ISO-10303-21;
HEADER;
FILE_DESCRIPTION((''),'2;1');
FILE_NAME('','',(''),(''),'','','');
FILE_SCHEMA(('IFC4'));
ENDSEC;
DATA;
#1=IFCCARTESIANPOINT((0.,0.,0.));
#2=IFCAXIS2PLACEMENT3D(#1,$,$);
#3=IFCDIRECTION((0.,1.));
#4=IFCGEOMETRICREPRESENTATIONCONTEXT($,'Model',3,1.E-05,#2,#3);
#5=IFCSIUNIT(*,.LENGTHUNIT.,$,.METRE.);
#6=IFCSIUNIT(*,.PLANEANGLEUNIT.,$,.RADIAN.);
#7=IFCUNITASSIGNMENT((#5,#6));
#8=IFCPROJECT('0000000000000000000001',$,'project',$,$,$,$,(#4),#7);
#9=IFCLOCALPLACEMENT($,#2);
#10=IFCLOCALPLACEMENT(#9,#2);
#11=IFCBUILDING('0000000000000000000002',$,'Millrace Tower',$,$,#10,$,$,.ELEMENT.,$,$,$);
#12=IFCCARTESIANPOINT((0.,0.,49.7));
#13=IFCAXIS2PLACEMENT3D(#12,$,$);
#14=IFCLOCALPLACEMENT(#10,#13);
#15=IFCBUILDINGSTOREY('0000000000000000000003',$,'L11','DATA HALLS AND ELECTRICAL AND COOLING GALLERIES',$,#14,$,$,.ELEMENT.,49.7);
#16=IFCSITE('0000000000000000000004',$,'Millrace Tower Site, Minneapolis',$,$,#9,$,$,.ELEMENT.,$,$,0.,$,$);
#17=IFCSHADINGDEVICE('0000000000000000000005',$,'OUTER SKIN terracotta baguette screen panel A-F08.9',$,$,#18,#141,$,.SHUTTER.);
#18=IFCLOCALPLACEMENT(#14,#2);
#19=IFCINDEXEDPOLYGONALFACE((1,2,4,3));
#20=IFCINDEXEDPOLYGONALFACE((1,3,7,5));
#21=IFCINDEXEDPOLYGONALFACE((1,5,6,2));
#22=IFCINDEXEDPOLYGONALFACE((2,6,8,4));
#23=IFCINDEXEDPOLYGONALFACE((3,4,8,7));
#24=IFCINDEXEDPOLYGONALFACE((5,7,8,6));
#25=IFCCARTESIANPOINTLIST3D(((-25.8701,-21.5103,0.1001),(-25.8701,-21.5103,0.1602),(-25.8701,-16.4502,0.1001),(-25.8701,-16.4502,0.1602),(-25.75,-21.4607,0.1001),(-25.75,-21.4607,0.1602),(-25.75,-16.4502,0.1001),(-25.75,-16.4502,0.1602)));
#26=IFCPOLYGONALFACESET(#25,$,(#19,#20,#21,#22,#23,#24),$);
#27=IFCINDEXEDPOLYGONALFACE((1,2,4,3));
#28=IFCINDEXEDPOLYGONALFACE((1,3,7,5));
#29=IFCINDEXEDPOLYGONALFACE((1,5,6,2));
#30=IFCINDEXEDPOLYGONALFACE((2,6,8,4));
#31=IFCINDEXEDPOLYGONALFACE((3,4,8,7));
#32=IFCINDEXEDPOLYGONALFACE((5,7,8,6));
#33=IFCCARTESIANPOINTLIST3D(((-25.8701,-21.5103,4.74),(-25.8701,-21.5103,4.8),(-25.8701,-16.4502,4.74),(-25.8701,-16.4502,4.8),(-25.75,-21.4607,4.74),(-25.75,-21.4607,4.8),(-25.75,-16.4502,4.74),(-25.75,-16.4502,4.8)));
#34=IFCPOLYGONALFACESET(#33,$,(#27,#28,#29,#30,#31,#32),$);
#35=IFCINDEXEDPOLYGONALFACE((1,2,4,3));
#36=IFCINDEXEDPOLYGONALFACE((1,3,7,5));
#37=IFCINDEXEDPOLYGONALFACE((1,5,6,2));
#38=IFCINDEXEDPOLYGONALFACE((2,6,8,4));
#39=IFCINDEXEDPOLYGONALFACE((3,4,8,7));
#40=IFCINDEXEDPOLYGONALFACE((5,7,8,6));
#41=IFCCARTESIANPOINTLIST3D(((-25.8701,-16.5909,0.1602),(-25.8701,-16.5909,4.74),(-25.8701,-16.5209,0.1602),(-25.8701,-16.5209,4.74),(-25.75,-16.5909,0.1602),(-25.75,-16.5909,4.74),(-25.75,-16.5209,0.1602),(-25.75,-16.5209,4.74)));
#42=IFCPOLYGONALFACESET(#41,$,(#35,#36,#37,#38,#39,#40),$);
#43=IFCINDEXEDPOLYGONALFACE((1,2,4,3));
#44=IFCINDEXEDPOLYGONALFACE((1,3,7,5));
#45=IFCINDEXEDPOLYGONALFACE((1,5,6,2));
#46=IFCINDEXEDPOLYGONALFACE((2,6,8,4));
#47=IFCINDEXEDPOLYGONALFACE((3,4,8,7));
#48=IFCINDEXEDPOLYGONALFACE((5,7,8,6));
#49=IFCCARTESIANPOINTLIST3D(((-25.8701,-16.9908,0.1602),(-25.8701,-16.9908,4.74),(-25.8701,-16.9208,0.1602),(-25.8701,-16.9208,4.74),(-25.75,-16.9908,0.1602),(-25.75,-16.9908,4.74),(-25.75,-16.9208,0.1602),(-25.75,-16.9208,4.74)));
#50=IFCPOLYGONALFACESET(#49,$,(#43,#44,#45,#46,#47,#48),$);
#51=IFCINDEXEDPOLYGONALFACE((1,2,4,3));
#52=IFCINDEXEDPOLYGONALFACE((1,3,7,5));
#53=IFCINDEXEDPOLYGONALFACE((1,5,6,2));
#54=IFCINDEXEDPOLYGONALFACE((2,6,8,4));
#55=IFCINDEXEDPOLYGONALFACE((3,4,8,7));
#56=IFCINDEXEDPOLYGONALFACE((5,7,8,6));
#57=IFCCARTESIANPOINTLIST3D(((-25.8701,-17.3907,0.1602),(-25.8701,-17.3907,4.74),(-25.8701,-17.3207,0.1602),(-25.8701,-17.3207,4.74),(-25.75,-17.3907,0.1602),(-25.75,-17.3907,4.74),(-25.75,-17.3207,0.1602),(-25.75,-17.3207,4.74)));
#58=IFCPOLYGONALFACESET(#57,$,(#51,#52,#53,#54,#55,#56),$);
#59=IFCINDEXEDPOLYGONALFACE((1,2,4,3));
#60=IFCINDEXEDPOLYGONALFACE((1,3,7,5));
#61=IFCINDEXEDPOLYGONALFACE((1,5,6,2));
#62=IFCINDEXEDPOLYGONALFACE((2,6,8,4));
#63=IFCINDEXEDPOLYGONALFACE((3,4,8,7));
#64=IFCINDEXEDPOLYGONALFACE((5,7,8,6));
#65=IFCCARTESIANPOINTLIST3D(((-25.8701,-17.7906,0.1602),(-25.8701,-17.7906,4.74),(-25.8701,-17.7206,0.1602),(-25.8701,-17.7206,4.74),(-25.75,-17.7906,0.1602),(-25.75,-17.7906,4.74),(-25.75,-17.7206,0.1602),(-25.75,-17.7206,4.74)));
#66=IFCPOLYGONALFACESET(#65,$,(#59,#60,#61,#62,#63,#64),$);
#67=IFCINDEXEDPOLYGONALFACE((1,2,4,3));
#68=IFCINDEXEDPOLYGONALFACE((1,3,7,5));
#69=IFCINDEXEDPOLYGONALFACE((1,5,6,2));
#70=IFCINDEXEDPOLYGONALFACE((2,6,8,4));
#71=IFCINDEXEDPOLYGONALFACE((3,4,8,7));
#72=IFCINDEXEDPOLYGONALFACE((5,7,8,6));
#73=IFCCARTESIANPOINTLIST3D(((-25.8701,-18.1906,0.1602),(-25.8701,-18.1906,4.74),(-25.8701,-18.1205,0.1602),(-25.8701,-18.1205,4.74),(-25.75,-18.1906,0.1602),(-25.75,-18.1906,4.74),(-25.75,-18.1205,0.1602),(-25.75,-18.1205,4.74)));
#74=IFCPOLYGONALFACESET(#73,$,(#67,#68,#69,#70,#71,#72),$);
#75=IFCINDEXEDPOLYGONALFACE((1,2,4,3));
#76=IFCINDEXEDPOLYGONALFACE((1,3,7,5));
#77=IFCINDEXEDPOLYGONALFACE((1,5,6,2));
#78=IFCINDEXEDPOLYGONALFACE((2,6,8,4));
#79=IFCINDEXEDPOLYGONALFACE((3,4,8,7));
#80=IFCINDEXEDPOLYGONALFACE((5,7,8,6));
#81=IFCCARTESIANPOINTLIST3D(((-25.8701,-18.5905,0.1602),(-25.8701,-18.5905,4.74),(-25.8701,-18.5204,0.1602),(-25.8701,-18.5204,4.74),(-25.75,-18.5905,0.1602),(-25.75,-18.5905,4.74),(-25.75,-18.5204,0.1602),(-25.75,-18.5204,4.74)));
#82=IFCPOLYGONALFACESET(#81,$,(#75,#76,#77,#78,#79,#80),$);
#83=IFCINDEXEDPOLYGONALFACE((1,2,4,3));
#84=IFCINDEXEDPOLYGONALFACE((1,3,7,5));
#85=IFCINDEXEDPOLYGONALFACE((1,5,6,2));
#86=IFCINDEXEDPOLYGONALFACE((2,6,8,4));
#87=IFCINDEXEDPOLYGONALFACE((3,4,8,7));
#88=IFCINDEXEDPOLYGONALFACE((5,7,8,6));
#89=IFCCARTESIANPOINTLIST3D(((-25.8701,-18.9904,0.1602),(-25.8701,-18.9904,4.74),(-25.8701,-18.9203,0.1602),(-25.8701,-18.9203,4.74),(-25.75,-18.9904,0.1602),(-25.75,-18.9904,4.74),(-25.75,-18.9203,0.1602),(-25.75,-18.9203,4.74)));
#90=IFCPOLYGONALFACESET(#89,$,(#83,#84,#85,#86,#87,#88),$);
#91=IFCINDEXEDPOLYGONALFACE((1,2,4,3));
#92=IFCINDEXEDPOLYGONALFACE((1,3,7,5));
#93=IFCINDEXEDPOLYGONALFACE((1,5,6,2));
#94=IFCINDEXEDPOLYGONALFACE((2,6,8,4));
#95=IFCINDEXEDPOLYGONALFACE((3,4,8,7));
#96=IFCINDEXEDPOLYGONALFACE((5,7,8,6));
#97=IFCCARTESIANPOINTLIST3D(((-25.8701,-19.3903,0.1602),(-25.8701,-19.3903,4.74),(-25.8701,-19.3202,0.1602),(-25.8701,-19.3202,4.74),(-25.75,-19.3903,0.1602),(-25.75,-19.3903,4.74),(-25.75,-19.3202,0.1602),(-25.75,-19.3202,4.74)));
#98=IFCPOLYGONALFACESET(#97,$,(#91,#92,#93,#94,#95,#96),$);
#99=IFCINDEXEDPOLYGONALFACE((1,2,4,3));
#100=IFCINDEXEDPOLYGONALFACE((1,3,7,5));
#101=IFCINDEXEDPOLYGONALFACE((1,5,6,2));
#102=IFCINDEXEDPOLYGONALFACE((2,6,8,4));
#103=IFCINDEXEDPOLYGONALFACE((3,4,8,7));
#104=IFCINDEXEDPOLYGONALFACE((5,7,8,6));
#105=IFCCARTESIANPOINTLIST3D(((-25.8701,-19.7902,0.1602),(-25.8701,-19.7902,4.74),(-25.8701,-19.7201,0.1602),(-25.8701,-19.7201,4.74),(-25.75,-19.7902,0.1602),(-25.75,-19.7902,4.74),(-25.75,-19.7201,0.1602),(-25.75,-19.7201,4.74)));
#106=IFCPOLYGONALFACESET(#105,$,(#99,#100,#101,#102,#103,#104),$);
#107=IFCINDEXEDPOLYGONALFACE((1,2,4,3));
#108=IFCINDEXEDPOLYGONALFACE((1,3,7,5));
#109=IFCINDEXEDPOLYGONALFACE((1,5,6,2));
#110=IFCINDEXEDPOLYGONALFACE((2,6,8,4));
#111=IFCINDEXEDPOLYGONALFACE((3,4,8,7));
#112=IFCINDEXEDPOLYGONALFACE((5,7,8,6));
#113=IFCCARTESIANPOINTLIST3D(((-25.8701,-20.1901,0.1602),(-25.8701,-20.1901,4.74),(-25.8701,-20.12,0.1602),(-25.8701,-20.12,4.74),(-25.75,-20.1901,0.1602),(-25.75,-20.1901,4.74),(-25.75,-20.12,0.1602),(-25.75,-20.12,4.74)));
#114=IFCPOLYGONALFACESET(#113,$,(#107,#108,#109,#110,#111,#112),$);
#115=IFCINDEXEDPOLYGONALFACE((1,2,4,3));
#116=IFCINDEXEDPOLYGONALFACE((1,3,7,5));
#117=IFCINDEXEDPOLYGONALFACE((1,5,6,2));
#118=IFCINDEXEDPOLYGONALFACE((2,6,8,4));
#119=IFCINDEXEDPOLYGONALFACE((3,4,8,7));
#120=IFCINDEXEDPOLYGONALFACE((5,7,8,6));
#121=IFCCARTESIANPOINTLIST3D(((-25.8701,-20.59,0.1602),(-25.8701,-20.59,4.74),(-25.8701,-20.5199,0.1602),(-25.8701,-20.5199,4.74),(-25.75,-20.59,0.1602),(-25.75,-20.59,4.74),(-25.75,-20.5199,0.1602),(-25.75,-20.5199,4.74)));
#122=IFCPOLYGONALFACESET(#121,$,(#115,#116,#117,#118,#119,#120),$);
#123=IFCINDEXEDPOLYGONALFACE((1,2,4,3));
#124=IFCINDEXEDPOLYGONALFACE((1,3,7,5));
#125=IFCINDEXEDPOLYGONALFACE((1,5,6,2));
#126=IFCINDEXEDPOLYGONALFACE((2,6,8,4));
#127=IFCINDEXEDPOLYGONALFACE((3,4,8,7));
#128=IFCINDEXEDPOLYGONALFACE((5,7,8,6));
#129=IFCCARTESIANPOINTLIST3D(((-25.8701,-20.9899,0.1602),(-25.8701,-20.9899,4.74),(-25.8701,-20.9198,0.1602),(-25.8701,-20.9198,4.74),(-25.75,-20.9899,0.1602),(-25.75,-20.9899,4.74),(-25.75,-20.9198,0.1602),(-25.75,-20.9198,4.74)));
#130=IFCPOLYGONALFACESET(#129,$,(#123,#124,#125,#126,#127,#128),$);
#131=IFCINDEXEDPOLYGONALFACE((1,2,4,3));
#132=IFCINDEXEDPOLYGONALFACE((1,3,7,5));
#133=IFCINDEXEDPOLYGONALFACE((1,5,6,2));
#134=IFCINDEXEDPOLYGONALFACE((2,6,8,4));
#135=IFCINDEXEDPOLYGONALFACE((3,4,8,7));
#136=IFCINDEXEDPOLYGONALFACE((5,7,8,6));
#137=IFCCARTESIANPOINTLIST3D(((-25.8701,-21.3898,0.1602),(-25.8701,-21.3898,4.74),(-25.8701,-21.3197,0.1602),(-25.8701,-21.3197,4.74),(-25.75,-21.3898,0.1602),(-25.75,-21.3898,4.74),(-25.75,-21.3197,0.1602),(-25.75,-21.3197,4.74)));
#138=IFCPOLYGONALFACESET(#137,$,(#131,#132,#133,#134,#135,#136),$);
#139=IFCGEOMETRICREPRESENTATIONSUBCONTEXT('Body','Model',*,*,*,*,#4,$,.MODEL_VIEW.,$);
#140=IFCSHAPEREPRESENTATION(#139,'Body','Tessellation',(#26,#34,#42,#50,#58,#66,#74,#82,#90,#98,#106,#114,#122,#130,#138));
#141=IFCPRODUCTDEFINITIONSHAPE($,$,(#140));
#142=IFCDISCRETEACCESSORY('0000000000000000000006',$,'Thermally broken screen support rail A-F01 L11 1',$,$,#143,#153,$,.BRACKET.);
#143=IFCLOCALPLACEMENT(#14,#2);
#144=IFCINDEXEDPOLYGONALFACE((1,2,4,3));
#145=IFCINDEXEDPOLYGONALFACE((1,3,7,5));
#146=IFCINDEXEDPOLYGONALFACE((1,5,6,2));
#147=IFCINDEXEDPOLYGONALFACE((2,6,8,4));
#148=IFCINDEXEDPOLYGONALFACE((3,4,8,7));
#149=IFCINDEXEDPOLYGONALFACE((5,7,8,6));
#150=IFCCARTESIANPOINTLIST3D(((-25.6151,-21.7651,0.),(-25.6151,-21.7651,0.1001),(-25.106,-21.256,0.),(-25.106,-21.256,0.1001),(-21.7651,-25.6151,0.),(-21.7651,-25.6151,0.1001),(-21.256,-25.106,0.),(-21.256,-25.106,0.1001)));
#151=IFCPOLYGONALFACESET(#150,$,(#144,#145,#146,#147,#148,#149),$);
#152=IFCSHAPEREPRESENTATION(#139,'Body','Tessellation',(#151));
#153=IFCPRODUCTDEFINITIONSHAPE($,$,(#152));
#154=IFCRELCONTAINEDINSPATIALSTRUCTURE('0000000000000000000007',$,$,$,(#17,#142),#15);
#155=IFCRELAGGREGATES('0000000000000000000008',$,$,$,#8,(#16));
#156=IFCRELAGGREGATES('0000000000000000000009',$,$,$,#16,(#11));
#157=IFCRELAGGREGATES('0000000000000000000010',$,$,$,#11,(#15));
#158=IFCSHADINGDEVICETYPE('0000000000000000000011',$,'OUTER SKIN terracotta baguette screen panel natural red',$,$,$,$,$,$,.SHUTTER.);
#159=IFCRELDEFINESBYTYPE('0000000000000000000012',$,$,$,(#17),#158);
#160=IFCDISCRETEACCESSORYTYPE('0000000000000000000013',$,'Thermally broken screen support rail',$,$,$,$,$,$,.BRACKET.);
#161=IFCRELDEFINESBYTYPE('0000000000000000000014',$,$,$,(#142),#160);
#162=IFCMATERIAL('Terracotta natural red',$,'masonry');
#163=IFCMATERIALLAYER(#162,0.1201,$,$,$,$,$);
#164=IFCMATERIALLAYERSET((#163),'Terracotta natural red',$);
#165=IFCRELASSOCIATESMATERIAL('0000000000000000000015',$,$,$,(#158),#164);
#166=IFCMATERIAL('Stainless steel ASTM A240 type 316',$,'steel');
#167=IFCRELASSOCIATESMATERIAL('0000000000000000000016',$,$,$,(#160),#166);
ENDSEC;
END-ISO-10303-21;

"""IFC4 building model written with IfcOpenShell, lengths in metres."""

from ifc_helpers import new_model, entity, si_unit, direction, frame, frame_2d, origin, origin_2d, place, context, subcontext, project, spatial, rectangle, extrude, source, transform, mapped, material, layer, layer_set, type_object, element, save


model = new_model("IFC4")

# Units and contexts
model_context = context("Model", 3, precision=1e-05, world=origin(), true_north=direction((0.0, 1.0)))
body_context = subcontext(model_context, "Body", "Model", "MODEL_VIEW")
ifc_project = project(units=[si_unit("LENGTHUNIT", "METRE"), si_unit("PLANEANGLEUNIT", "RADIAN")], contexts=[model_context])

# Site, building, storey
site_placement = place(None, origin())
site = spatial("IfcSite", under=ifc_project, at=site_placement, Name="Millrace Tower Site, Minneapolis", CompositionType="ELEMENT", RefElevation=0.0)
building_placement = place(site_placement, origin())
building = spatial("IfcBuilding", under=site, at=building_placement, Name="Millrace Tower", CompositionType="ELEMENT")
storey_placement = place(building_placement, frame((0.0, 0.0, 49.7)))
storey = spatial("IfcBuildingStorey", under=building, at=storey_placement, Name="L11", Description="DATA HALLS AND ELECTRICAL AND COOLING GALLERIES", CompositionType="ELEMENT", Elevation=49.7)

# Shading device
ifc_material_1 = material(Name="Terracotta natural red", Category="masonry")
ifc_layer_1 = layer(ifc_material_1, 0.1201)
ifc_layer_set_1 = layer_set([ifc_layer_1], Name="Terracotta natural red")
shading_device_type_1 = type_object("IfcShadingDeviceType", Name="OUTER SKIN terracotta baguette screen panel natural red", PredefinedType="SHUTTER", material=ifc_layer_set_1)
cartesian_point_1 = entity("IfcCartesianPoint", [-2.5176, 0.0601])
shared_polyline_1 = entity("IfcPolyline", [cartesian_point_1, entity("IfcCartesianPoint", [2.4929, 0.0601]), entity("IfcCartesianPoint", [2.5425, -0.0601]), entity("IfcCartesianPoint", [-2.5176, -0.0601]), cartesian_point_1])
shared_shape_1 = source(origin(), body_context, "Body", "SweptSolid", [
    entity("IfcExtrudedAreaSolid", entity("IfcArbitraryClosedProfileDef", "AREA", None, shared_polyline_1), entity("IfcAxis2Placement3D", entity("IfcCartesianPoint", [0.0, 0.0, 0.0])), entity("IfcDirection", [0.0, 0.0, 1.0]), 0.0601),
    entity("IfcExtrudedAreaSolid", entity("IfcArbitraryClosedProfileDef", "AREA", None, shared_polyline_1), entity("IfcAxis2Placement3D", entity("IfcCartesianPoint", [0.0, 0.0, 4.6399])), entity("IfcDirection", [0.0, 0.0, 1.0]), 0.0601),
    extrude(rectangle(XDim=0.0701, YDim=0.1201, at=frame_2d((-2.4119, 0.0))), frame((0.0, 0.0, 0.0601)), (0.0, 0.0, 1.0), 4.5798),
    extrude(rectangle(XDim=0.0701, YDim=0.1201, at=frame_2d((-2.012, 0.0))), frame((0.0, 0.0, 0.0601)), (0.0, 0.0, 1.0), 4.5798),
    extrude(rectangle(XDim=0.0701, YDim=0.1201, at=frame_2d((-1.6121, 0.0))), frame((0.0, 0.0, 0.0601)), (0.0, 0.0, 1.0), 4.5798),
    extrude(rectangle(XDim=0.0701, YDim=0.1201, at=frame_2d((-1.2122, 0.0))), frame((0.0, 0.0, 0.0601)), (0.0, 0.0, 1.0), 4.5798),
    extrude(rectangle(XDim=0.0701, YDim=0.1201, at=frame_2d((-0.8123, 0.0))), frame((0.0, 0.0, 0.0601)), (0.0, 0.0, 1.0), 4.5798),
    extrude(rectangle(XDim=0.0701, YDim=0.1201, at=frame_2d((-0.4124, 0.0))), frame((0.0, 0.0, 0.0601)), (0.0, 0.0, 1.0), 4.5798),
    extrude(rectangle(XDim=0.0701, YDim=0.1201, at=frame_2d((-0.0125, 0.0))), frame((0.0, 0.0, 0.0601)), (0.0, 0.0, 1.0), 4.5798),
    extrude(rectangle(XDim=0.0701, YDim=0.1201, at=frame_2d((0.3875, 0.0))), frame((0.0, 0.0, 0.0601)), (0.0, 0.0, 1.0), 4.5798),
    extrude(rectangle(XDim=0.0701, YDim=0.1201, at=frame_2d((0.7874, 0.0))), frame((0.0, 0.0, 0.0601)), (0.0, 0.0, 1.0), 4.5798),
    extrude(rectangle(XDim=0.0701, YDim=0.1201, at=frame_2d((1.1873, 0.0))), frame((0.0, 0.0, 0.0601)), (0.0, 0.0, 1.0), 4.5798),
    extrude(rectangle(XDim=0.0701, YDim=0.1201, at=frame_2d((1.5872, 0.0))), frame((0.0, 0.0, 0.0601)), (0.0, 0.0, 1.0), 4.5798),
    extrude(rectangle(XDim=0.0701, YDim=0.1201, at=frame_2d((1.9871, 0.0))), frame((0.0, 0.0, 0.0601)), (0.0, 0.0, 1.0), 4.5798),
    extrude(rectangle(XDim=0.0701, YDim=0.1201, at=frame_2d((2.387, 0.0))), frame((0.0, 0.0, 0.0601)), (0.0, 0.0, 1.0), 4.5798),
])
shading_device_1_placement = place(storey_placement, frame((-25.8101, -18.9678, 0.1001), z_axis=(0.0, 0.0, 1.0), x_axis=(0.0, -1.0, 0.0)))
element("IfcShadingDevice", 1, at=shading_device_1_placement, inside=storey, type_object=shading_device_type_1, Name="OUTER SKIN terracotta baguette screen panel A-F08.9", PredefinedType="SHUTTER", context=body_context, shape_type="MappedRepresentation", body=[
    mapped(shared_shape_1, transform((0.0, 0.0, 0.0), scale=1.0)),
])

# Discrete accessory
ifc_material_2 = material(Name="Stainless steel ASTM A240 type 316", Category="steel")
discrete_accessory_type = type_object("IfcDiscreteAccessoryType", Name="Thermally broken screen support rail", PredefinedType="BRACKET", material=ifc_material_2)
discrete_accessory_placement = place(storey_placement, frame((-23.4355, -23.4355, 0.0), z_axis=(0.0, 0.0, 1.0), x_axis=(0.707107, -0.707107, 0.0)))
element("IfcDiscreteAccessory", 2, at=discrete_accessory_placement, inside=storey, type_object=discrete_accessory_type, Name="Thermally broken screen support rail A-F01 L11 1", PredefinedType="BRACKET", context=body_context, shape_type="SweptSolid", body=[
    extrude(rectangle(XDim=5.4448, YDim=0.72, at=origin_2d()), origin(), (0.0, 0.0, 1.0), 0.1001),
])

save(model, "model.ifc")
